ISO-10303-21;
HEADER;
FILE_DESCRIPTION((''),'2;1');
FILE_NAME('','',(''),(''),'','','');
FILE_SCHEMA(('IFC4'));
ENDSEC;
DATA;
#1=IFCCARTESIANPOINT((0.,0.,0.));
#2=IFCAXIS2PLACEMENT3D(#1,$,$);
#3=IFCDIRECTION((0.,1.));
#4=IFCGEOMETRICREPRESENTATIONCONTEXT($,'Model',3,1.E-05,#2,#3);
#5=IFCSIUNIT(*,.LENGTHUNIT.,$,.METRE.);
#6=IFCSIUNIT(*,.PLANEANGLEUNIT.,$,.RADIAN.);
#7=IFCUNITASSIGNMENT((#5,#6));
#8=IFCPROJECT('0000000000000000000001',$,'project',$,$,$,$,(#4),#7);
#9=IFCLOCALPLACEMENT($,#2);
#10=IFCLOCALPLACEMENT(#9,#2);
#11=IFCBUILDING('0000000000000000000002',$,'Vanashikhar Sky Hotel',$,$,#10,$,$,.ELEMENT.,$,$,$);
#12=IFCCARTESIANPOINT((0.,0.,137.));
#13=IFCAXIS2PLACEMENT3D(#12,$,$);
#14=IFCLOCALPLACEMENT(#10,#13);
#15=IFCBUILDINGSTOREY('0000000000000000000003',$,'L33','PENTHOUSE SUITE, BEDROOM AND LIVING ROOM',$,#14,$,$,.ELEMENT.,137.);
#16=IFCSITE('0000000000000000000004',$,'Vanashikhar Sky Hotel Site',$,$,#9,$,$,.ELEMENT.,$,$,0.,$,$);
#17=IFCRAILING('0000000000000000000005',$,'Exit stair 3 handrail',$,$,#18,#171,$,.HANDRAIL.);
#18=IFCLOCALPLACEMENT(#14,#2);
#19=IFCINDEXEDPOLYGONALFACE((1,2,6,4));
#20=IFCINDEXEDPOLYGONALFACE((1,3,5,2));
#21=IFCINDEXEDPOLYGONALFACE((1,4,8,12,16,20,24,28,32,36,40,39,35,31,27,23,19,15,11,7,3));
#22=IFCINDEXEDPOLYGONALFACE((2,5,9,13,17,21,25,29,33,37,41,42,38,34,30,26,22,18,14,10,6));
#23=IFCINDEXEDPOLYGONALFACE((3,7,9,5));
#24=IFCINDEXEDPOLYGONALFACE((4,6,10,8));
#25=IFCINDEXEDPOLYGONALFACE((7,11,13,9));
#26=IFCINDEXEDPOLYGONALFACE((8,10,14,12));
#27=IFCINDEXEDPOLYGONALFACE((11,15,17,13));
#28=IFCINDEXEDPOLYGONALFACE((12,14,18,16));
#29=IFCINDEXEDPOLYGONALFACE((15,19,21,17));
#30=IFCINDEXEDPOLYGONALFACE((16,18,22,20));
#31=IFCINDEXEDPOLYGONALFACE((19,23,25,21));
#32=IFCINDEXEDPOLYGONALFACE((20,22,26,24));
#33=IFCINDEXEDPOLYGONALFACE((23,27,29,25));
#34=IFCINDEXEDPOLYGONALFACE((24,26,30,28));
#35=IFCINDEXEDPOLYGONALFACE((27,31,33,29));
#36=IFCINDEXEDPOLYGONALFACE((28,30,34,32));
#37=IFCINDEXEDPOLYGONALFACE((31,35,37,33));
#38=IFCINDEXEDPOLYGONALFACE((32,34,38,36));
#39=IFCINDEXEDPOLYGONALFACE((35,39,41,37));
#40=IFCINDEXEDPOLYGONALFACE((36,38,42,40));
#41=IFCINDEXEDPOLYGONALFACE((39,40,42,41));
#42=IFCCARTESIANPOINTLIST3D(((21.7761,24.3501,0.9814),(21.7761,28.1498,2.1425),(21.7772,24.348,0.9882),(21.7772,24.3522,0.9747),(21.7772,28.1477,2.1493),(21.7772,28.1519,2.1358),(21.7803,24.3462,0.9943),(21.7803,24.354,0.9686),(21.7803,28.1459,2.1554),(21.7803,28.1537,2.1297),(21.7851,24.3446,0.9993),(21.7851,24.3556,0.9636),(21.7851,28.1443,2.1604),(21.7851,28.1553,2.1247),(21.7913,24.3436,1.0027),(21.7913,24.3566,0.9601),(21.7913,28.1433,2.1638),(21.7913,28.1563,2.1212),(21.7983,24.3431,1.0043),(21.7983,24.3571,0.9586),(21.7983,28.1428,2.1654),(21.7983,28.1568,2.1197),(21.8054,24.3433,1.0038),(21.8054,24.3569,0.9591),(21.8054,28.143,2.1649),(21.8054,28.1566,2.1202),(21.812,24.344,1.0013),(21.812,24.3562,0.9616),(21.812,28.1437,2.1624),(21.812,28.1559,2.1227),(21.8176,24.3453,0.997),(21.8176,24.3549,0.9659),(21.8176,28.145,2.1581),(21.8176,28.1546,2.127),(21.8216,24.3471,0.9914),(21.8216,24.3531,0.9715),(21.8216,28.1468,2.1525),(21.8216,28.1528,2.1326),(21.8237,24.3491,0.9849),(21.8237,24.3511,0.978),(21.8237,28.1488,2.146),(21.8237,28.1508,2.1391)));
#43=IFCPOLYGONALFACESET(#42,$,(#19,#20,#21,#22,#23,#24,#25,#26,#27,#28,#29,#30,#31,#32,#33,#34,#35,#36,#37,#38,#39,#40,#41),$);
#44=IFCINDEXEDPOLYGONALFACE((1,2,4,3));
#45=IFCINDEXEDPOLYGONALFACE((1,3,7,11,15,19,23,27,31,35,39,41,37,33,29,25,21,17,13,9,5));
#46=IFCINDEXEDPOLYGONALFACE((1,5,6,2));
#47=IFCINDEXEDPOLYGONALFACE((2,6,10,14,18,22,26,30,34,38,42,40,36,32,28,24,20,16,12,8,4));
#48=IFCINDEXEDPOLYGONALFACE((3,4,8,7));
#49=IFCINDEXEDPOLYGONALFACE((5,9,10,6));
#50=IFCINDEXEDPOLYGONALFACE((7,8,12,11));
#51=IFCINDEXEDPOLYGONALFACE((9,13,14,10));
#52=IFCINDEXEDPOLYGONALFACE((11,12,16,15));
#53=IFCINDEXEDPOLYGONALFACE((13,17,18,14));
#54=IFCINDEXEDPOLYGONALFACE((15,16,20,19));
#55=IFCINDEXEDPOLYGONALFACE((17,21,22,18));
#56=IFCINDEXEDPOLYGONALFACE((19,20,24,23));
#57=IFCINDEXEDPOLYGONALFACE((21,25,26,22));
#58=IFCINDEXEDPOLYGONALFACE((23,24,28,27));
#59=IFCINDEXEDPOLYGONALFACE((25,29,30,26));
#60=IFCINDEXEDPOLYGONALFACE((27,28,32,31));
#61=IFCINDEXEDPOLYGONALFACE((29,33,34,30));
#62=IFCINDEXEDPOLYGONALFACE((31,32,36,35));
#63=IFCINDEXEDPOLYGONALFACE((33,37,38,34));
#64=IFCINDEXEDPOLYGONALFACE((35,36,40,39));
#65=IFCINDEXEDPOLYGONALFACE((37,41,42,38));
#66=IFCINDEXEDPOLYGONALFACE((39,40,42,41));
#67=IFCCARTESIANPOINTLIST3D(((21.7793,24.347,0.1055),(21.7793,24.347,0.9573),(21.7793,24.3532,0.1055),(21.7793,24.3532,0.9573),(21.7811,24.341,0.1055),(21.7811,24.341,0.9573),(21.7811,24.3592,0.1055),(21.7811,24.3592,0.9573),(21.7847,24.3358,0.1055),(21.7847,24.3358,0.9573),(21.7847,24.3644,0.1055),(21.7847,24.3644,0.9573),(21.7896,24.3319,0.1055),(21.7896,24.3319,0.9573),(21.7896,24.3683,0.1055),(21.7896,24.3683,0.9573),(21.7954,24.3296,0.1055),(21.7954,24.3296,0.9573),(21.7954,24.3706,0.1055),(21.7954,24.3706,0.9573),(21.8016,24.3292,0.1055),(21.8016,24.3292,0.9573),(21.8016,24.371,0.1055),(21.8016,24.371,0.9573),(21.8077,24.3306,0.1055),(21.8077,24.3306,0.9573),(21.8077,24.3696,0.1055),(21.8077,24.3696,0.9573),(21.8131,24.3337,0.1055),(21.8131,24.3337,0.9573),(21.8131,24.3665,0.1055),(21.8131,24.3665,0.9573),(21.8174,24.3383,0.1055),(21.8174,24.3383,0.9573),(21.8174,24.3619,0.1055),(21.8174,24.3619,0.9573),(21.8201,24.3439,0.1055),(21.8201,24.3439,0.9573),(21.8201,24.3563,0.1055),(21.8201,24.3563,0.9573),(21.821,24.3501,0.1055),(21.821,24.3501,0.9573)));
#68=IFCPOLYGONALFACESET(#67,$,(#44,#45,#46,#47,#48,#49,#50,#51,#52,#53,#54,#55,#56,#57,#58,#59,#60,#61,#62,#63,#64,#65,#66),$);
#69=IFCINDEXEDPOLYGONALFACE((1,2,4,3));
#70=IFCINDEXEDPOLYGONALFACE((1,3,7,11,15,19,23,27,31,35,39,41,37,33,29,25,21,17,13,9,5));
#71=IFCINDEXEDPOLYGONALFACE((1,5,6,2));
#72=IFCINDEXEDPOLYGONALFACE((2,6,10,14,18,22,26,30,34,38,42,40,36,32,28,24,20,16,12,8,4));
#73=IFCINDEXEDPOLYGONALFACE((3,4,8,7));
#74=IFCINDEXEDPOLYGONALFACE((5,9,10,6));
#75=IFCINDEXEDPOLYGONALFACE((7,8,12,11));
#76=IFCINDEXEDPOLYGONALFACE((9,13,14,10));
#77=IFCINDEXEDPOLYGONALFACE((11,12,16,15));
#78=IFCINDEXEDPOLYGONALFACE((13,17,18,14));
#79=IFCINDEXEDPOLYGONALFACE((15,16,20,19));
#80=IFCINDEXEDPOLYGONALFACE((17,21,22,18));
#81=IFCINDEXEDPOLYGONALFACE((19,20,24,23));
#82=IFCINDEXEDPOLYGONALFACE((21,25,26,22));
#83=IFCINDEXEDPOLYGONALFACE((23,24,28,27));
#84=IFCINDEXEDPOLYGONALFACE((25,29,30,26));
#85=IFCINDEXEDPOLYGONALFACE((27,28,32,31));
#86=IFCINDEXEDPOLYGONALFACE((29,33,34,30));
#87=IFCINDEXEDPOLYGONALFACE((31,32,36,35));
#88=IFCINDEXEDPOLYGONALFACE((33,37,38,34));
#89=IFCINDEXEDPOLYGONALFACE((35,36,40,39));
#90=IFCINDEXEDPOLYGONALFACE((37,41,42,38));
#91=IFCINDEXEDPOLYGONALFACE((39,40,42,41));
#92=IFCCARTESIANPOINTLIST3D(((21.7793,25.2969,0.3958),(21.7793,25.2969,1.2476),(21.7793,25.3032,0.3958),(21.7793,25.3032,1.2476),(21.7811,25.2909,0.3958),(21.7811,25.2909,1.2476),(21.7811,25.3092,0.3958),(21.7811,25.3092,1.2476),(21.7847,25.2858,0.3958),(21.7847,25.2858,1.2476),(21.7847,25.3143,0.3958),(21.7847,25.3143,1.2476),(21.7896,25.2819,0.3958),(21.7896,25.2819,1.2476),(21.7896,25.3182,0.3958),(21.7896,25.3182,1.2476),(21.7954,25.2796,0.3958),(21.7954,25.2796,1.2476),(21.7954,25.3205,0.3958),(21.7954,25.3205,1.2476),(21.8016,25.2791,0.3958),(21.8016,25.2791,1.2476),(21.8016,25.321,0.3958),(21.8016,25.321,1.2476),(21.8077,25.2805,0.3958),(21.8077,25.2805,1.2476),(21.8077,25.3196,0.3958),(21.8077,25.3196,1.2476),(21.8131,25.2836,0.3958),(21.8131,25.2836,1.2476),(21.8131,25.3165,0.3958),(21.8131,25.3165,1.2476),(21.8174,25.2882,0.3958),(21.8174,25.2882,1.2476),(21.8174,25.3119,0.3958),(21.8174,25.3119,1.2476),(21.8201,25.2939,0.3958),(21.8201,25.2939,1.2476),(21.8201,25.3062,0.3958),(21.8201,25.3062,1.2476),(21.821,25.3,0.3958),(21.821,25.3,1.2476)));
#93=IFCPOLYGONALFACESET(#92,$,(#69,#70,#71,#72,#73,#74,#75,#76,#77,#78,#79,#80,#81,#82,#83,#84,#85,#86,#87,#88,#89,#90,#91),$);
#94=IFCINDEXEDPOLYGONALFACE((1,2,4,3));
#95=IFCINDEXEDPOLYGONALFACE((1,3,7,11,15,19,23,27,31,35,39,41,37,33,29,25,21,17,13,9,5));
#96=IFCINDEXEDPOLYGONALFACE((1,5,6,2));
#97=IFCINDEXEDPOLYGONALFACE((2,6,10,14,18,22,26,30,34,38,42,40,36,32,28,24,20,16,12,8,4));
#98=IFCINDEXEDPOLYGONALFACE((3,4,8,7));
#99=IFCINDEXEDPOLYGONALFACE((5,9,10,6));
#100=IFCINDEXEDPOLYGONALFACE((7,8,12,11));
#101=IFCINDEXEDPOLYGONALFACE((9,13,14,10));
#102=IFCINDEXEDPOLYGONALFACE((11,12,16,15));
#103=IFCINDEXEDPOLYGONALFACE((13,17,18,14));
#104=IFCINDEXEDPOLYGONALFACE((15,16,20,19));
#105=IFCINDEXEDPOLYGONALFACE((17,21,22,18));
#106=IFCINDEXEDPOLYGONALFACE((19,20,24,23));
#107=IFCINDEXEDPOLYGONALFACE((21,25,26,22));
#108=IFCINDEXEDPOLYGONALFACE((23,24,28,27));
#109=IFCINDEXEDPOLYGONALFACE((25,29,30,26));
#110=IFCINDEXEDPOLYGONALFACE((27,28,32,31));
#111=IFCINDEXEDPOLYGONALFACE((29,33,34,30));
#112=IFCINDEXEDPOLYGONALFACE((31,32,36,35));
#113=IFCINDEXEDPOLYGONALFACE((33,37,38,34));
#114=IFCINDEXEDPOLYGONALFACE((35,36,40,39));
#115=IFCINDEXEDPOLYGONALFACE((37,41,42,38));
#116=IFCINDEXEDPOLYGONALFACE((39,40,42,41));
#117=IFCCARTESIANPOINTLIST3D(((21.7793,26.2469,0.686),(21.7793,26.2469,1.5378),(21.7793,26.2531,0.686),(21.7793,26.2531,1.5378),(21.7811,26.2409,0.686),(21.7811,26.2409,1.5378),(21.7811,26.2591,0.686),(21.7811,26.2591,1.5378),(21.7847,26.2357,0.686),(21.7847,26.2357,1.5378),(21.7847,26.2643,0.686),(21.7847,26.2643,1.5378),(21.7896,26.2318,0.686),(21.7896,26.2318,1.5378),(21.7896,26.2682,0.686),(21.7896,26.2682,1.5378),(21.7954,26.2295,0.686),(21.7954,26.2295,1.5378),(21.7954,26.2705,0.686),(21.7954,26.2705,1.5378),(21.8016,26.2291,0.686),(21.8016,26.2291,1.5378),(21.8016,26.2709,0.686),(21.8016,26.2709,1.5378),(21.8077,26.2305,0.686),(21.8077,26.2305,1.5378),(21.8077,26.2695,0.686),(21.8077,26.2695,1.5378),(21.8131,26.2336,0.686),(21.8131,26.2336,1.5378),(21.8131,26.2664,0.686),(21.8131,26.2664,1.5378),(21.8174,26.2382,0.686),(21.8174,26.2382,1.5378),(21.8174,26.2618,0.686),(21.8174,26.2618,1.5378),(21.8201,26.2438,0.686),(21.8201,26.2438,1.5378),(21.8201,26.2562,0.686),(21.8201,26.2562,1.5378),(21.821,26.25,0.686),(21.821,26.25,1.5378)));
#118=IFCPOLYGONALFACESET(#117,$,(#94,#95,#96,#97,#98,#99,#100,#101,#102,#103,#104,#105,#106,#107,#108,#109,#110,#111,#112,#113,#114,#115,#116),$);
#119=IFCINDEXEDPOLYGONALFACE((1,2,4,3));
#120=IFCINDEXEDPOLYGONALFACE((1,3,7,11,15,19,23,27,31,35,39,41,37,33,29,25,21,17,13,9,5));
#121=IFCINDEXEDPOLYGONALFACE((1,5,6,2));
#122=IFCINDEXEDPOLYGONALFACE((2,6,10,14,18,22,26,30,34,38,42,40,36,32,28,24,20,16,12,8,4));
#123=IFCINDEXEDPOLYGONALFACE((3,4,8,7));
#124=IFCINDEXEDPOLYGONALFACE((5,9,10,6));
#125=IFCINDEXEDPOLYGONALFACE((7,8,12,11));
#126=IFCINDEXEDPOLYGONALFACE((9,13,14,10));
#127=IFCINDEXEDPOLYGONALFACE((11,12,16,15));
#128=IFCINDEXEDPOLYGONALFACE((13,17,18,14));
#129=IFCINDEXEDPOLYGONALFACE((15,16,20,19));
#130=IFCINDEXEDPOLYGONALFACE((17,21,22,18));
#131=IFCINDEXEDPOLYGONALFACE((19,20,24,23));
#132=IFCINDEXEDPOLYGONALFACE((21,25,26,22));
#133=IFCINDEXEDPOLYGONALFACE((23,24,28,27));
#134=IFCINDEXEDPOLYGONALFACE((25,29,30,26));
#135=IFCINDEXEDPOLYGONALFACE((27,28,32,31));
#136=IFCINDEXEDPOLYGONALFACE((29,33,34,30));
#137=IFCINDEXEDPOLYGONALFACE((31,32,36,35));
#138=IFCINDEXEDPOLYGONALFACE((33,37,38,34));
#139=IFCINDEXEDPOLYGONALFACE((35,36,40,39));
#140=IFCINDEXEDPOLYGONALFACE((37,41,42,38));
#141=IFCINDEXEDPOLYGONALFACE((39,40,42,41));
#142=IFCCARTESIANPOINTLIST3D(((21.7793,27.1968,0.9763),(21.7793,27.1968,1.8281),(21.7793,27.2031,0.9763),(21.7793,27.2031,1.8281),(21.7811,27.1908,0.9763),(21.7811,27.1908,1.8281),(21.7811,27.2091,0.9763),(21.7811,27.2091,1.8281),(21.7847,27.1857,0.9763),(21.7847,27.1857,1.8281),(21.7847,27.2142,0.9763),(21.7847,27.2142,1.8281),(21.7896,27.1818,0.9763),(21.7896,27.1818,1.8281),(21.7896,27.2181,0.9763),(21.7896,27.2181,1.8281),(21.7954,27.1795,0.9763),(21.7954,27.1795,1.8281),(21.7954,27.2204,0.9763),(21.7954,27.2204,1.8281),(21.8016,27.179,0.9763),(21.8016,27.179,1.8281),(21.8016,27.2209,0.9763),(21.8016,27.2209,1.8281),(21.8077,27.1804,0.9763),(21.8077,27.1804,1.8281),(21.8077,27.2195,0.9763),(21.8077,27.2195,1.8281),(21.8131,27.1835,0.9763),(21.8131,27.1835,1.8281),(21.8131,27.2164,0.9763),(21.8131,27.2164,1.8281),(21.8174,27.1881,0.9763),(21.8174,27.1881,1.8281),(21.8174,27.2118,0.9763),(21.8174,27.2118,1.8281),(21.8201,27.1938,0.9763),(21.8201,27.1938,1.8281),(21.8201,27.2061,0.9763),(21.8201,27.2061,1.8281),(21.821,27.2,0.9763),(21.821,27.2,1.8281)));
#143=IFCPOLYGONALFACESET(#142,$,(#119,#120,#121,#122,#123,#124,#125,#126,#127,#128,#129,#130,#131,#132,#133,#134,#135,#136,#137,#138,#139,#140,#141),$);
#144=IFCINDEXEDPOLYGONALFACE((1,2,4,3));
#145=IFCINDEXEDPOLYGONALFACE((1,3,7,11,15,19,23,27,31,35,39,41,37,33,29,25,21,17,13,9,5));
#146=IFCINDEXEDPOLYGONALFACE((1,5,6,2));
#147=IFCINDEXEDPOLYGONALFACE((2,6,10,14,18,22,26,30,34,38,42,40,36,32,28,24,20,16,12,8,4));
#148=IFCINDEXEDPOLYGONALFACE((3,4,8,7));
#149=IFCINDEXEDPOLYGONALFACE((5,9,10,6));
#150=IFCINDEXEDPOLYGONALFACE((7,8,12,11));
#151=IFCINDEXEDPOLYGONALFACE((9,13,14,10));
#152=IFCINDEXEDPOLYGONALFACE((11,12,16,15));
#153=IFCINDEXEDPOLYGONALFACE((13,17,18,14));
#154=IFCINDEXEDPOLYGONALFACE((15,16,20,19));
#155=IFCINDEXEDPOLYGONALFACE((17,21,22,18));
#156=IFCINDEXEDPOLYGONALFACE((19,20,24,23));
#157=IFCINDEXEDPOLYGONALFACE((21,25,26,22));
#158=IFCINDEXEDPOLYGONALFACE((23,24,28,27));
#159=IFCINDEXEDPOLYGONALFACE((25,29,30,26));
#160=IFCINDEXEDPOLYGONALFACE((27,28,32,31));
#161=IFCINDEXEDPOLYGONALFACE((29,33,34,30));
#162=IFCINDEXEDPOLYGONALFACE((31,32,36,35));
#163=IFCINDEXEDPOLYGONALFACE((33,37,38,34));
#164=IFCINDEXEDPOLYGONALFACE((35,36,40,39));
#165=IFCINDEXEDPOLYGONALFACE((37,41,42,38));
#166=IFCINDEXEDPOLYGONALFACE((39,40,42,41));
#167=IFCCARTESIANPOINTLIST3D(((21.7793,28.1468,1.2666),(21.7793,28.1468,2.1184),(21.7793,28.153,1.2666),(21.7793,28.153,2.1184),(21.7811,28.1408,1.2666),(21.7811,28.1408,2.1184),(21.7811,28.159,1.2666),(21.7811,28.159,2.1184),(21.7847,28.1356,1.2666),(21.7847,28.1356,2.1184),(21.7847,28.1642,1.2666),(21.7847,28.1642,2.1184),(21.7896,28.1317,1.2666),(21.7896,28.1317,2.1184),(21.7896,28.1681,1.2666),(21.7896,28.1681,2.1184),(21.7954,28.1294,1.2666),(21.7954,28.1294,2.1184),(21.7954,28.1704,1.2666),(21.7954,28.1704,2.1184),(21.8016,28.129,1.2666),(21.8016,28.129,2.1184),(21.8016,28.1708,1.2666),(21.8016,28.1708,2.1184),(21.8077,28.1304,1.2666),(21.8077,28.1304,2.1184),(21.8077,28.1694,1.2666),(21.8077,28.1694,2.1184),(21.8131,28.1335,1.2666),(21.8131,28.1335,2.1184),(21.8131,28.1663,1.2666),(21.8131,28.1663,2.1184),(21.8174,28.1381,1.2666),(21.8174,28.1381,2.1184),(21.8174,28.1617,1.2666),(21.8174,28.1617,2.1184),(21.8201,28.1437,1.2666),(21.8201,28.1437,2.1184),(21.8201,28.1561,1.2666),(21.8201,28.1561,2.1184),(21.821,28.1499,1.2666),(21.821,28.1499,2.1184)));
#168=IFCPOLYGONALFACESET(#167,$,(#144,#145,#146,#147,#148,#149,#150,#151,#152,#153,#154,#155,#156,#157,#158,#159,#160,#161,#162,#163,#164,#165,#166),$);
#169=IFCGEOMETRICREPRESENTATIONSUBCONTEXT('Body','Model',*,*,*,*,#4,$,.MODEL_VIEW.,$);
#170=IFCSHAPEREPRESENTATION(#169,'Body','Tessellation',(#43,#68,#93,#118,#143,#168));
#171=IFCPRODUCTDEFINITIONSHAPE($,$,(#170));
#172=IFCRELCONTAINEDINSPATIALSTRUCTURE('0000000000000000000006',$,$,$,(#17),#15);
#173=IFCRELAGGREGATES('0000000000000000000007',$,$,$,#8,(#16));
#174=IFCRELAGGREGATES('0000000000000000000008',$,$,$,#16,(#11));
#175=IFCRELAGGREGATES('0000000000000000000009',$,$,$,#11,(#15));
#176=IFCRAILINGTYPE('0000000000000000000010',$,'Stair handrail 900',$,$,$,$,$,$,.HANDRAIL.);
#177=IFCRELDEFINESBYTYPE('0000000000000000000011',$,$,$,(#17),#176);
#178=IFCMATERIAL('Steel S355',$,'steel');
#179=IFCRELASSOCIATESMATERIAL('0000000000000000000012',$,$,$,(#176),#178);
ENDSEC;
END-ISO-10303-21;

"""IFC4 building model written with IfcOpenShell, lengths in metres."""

from ifc_helpers import new_model, si_unit, direction, frame, origin, origin_2d, place, context, subcontext, project, spatial, circle, extrude, source, transform, mapped, material, type_object, element, save


model = new_model("IFC4")

# Units and contexts
model_context = context("Model", 3, precision=1e-05, world=origin(), true_north=direction((0.0, 1.0)))
body_context = subcontext(model_context, "Body", "Model", "MODEL_VIEW")
ifc_project = project(units=[si_unit("LENGTHUNIT", "METRE"), si_unit("PLANEANGLEUNIT", "RADIAN")], contexts=[model_context])

# Site, building, storey
site_placement = place(None, origin())
site = spatial("IfcSite", under=ifc_project, at=site_placement, Name="Vanashikhar Sky Hotel Site", CompositionType="ELEMENT", RefElevation=0.0)
building_placement = place(site_placement, origin())
building = spatial("IfcBuilding", under=site, at=building_placement, Name="Vanashikhar Sky Hotel", CompositionType="ELEMENT")
storey_placement = place(building_placement, frame((0.0, 0.0, 137.0)))
storey = spatial("IfcBuildingStorey", under=building, at=storey_placement, Name="L33", Description="PENTHOUSE SUITE, BEDROOM AND LIVING ROOM", CompositionType="ELEMENT", Elevation=137.0)

# Railing
ifc_material_1 = material(Name="Steel S355", Category="steel")
railing_type_1 = type_object("IfcRailingType", Name="Stair handrail 900", PredefinedType="HANDRAIL", material=ifc_material_1)
shared_shape_1 = source(origin(), body_context, "Body", "SweptSolid", [
    extrude(circle(Radius=0.0239, at=origin_2d()), frame((0.0, 0.0, 0.876), z_axis=(0.0, 0.956346, 0.292237), x_axis=(-1.0, 0.0, 0.0)), (0.0, 0.0, 1.0), 3.9731),
    extrude(circle(Radius=0.021, at=origin_2d()), origin(), (0.0, 0.0, 1.0), 0.8518),
    extrude(circle(Radius=0.021, at=origin_2d()), frame((0.0, 0.95, 0.2903)), (0.0, 0.0, 1.0), 0.8518),
    extrude(circle(Radius=0.021, at=origin_2d()), frame((0.0, 1.8999, 0.5806)), (0.0, 0.0, 1.0), 0.8518),
    extrude(circle(Radius=0.021, at=origin_2d()), frame((0.0, 2.8499, 0.8708)), (0.0, 0.0, 1.0), 0.8518),
    extrude(circle(Radius=0.021, at=origin_2d()), frame((0.0, 3.7998, 1.1611)), (0.0, 0.0, 1.0), 0.8518),
])
for number, where, name in (
    (1, (21.8, 24.3501, 0.1055), "Exit stair 3 handrail"),
):
    element("IfcRailing", number, at=place(storey_placement, frame(where)), inside=storey, type_object=railing_type_1, Name=name, PredefinedType="HANDRAIL", context=body_context, shape_type="MappedRepresentation", body=[
        mapped(shared_shape_1, transform((0.0, 0.0, 0.0), scale=1.0)),
    ])

save(model, "model.ifc")
